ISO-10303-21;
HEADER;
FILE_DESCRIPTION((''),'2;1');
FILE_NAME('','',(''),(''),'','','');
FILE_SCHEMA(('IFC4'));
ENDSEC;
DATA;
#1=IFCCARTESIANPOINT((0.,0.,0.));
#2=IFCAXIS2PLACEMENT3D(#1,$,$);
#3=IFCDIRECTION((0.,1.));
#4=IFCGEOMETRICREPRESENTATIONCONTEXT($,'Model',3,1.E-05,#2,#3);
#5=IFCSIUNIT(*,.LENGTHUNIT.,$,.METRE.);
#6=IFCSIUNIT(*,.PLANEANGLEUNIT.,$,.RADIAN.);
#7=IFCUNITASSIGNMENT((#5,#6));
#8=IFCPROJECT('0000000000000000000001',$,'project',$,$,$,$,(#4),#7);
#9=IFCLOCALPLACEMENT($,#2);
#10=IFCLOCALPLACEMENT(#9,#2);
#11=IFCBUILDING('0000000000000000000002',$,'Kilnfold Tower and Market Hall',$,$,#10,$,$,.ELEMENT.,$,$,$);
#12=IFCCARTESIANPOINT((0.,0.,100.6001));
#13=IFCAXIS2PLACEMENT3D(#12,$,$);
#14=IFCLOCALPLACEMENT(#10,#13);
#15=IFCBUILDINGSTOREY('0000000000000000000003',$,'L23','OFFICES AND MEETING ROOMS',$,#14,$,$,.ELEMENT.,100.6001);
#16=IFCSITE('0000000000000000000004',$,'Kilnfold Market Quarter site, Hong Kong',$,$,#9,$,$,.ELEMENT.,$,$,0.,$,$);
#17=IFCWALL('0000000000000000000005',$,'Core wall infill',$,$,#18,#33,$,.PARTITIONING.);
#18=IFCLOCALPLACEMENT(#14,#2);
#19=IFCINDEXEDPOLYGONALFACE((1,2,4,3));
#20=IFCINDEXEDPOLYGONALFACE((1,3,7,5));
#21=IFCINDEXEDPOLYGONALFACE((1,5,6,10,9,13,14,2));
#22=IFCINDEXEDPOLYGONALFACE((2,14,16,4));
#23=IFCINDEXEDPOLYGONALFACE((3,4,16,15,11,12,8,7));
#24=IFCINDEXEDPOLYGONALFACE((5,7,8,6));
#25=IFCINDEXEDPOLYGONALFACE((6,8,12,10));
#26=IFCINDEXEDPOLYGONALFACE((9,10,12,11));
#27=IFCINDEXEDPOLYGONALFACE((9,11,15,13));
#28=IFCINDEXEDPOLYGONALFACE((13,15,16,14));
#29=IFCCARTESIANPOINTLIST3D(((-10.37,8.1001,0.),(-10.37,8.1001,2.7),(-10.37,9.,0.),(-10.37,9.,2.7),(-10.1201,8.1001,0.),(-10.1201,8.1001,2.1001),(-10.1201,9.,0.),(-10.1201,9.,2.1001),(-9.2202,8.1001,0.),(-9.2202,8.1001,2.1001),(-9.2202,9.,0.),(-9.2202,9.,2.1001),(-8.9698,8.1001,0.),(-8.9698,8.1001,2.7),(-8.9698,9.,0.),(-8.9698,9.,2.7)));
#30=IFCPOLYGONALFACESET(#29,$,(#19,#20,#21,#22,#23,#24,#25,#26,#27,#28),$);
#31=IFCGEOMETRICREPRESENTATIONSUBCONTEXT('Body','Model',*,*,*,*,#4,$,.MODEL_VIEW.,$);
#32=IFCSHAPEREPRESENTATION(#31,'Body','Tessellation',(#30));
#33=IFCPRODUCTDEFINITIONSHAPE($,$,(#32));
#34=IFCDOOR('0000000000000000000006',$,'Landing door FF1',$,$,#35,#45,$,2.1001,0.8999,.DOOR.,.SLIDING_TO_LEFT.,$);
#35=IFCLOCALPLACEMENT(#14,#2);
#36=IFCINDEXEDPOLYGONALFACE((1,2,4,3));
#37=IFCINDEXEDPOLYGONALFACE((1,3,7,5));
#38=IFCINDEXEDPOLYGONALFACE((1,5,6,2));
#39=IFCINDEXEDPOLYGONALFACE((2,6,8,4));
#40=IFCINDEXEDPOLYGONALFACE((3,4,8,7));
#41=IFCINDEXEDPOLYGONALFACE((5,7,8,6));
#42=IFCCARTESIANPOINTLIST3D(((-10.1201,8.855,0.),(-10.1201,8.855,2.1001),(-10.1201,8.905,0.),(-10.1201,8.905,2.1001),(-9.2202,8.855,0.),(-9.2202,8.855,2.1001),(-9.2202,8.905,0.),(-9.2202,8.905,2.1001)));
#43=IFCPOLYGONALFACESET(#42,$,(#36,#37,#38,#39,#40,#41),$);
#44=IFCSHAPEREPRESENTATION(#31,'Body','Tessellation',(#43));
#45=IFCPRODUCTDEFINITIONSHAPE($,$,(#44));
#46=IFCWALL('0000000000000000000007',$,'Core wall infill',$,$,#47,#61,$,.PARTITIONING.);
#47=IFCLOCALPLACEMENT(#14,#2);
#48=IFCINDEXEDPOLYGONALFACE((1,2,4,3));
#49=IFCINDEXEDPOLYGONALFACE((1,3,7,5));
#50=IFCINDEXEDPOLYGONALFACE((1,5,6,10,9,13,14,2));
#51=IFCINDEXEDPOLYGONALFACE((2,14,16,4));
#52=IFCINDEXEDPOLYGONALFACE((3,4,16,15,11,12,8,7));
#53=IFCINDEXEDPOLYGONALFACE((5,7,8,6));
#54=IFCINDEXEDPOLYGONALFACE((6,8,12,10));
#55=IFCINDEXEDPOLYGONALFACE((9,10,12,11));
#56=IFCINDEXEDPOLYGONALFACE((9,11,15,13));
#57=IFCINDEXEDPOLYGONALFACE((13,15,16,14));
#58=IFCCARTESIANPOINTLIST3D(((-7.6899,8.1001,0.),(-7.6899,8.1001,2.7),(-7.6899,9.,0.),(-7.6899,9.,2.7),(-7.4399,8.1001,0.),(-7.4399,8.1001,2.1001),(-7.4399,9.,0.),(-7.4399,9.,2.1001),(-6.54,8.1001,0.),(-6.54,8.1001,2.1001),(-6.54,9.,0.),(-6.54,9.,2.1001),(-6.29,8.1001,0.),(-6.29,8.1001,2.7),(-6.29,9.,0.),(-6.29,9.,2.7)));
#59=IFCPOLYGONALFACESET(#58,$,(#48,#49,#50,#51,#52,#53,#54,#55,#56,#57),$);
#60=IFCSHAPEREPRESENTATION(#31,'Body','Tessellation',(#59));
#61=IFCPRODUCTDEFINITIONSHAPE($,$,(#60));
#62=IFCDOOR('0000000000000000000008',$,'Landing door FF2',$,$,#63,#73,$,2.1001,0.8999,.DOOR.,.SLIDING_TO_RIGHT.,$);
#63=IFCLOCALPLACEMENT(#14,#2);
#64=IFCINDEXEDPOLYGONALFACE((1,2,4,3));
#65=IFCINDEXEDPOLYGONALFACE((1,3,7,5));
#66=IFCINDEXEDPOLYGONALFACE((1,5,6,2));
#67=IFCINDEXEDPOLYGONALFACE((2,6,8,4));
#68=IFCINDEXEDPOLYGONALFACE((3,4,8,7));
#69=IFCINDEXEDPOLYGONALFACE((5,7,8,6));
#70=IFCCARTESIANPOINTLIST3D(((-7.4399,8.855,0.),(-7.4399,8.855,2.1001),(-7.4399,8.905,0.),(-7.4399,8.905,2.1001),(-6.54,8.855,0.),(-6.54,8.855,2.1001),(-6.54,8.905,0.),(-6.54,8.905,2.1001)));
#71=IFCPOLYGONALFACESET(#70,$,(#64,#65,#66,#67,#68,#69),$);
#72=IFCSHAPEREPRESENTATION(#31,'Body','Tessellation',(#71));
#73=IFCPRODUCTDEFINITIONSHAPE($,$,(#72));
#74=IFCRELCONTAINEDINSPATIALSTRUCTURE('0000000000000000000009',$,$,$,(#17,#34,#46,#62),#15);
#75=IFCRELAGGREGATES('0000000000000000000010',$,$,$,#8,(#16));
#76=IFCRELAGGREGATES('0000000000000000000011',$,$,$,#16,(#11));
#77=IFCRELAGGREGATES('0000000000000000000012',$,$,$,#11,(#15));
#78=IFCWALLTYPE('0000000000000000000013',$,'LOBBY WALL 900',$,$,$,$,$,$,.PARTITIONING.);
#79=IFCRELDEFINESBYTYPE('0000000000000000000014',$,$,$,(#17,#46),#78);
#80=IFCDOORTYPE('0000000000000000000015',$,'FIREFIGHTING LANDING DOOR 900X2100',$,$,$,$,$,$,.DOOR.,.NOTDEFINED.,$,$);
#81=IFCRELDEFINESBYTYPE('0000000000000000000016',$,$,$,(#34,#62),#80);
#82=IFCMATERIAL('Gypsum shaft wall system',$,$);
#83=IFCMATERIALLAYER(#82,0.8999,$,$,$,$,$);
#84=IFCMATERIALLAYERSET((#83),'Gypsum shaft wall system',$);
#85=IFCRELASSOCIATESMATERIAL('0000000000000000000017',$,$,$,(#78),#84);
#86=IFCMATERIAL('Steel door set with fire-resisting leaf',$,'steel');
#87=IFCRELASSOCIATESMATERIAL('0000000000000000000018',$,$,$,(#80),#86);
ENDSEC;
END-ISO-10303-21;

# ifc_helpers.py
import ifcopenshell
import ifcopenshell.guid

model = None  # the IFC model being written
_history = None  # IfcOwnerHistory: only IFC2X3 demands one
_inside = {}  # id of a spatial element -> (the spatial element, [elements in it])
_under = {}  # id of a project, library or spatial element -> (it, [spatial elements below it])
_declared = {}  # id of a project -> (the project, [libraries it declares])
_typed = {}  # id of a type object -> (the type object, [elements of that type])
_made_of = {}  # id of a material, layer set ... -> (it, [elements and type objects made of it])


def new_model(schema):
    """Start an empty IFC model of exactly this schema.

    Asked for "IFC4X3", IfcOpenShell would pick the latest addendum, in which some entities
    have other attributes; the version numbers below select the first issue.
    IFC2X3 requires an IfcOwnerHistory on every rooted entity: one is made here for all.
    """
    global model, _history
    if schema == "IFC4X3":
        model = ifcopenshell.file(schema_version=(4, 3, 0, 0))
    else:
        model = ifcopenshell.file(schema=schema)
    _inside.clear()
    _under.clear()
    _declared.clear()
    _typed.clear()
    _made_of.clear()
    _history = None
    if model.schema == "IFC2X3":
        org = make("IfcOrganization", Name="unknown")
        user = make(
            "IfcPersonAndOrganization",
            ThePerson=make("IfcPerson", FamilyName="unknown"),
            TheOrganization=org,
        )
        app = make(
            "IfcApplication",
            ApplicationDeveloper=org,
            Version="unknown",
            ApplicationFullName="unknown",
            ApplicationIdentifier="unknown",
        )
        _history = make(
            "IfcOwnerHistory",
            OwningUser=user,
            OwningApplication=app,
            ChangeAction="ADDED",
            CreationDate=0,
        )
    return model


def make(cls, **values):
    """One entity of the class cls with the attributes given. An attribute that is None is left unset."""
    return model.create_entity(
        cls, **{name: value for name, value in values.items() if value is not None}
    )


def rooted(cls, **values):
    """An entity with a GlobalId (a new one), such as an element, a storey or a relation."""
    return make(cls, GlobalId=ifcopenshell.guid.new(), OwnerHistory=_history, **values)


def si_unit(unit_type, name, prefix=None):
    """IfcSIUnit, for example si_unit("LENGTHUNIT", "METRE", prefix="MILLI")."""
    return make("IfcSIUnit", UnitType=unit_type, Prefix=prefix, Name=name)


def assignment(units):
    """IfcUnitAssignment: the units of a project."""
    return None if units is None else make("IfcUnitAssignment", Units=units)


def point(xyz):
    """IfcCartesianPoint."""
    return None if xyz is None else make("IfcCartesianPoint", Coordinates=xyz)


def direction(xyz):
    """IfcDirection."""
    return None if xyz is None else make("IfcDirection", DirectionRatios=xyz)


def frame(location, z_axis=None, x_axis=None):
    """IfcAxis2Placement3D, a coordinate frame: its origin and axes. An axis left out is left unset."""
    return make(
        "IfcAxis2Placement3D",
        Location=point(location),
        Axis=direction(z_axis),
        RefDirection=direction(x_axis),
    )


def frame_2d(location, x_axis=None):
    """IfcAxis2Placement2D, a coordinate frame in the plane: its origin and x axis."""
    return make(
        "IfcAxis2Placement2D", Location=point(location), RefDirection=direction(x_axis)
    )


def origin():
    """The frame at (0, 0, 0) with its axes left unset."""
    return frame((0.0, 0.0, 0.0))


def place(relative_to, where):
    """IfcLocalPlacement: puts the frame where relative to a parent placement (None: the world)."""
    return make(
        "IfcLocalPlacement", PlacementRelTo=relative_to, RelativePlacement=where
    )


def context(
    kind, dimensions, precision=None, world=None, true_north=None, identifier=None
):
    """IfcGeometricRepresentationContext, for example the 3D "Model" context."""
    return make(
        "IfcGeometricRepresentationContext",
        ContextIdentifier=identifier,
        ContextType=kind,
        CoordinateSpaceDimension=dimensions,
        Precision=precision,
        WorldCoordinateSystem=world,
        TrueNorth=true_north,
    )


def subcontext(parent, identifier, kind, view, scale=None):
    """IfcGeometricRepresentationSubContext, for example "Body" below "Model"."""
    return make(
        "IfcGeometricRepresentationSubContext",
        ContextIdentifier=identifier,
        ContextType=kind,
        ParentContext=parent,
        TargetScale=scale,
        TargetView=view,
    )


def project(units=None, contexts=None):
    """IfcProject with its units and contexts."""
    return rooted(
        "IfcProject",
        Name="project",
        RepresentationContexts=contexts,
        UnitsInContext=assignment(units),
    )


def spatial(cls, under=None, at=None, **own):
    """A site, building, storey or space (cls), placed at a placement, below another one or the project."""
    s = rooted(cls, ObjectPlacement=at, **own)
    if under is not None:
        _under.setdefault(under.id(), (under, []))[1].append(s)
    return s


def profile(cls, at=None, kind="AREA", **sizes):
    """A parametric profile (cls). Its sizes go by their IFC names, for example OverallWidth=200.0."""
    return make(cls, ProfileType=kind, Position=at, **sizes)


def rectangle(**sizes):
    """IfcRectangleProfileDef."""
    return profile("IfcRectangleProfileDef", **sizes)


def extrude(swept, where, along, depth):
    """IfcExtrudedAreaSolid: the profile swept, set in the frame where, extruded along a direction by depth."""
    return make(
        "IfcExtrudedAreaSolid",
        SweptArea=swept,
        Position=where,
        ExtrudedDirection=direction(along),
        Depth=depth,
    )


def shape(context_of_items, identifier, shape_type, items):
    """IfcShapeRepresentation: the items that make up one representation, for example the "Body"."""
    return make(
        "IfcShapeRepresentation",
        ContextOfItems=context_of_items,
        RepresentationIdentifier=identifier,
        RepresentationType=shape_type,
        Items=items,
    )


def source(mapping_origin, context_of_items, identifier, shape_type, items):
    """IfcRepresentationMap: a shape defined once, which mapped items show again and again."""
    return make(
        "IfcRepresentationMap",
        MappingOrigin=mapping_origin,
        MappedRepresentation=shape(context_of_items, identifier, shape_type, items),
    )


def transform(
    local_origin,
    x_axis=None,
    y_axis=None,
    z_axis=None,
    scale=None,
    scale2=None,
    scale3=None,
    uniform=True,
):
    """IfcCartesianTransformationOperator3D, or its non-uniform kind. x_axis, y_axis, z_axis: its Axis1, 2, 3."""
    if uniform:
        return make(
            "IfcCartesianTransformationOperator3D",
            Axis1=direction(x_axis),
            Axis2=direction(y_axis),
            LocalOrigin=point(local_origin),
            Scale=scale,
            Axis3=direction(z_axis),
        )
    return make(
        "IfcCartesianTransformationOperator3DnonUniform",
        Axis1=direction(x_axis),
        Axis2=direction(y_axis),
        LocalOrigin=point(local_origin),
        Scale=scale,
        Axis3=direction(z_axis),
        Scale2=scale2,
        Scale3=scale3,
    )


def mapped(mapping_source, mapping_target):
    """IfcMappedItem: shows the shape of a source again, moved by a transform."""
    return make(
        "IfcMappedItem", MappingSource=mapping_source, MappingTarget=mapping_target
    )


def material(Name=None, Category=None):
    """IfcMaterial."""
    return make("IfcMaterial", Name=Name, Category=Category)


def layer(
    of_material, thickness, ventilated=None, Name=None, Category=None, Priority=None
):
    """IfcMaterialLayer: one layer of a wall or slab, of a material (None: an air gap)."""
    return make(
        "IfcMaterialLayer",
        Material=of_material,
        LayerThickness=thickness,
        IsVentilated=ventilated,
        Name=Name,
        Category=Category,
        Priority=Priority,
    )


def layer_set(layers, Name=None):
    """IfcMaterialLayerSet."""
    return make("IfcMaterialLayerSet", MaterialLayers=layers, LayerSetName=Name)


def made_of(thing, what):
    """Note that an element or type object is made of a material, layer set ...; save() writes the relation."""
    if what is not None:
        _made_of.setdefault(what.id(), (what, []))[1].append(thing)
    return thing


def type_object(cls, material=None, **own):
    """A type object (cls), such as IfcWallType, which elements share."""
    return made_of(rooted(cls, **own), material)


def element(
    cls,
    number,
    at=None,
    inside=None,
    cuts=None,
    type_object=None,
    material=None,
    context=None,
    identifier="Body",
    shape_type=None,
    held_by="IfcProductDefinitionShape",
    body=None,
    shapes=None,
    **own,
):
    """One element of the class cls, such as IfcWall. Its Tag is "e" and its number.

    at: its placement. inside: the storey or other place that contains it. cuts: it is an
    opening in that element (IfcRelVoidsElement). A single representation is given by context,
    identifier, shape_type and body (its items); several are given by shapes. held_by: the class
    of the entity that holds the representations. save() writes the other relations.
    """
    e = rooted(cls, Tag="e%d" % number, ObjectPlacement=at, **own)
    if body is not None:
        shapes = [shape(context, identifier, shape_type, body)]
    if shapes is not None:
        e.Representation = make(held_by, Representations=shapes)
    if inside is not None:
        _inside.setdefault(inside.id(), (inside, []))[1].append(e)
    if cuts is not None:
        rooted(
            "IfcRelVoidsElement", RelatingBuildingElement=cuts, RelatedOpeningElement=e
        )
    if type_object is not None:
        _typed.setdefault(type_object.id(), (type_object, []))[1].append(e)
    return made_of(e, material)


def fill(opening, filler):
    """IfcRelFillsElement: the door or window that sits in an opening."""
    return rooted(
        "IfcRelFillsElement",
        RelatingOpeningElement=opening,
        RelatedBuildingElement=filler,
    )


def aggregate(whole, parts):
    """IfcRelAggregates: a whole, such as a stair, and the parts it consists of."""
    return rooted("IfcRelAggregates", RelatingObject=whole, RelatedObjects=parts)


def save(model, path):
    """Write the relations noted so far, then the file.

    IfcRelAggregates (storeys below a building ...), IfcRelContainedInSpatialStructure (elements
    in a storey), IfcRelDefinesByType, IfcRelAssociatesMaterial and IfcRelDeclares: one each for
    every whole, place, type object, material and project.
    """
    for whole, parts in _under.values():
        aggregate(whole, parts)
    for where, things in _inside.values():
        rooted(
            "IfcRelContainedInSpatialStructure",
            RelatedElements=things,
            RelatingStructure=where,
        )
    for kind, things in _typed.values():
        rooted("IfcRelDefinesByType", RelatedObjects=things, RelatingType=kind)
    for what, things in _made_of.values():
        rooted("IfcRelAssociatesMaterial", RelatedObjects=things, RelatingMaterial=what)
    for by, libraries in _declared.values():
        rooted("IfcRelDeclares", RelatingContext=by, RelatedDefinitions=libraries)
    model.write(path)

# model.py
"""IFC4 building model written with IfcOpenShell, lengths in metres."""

from ifc_helpers import new_model, si_unit, direction, frame, frame_2d, origin, place, context, subcontext, project, spatial, rectangle, extrude, source, transform, mapped, material, layer, layer_set, type_object, element, fill, save


model = new_model("IFC4")

# Units and contexts
model_context = context("Model", 3, precision=1e-05, world=origin(), true_north=direction((0.0, 1.0)))
body_context = subcontext(model_context, "Body", "Model", "MODEL_VIEW")
ifc_project = project(units=[si_unit("LENGTHUNIT", "METRE"), si_unit("PLANEANGLEUNIT", "RADIAN")], contexts=[model_context])

# Site, building, storey
site_placement = place(None, origin())
site = spatial("IfcSite", under=ifc_project, at=site_placement, Name="Kilnfold Market Quarter site, Hong Kong", CompositionType="ELEMENT", RefElevation=0.0)
building_placement = place(site_placement, origin())
building = spatial("IfcBuilding", under=site, at=building_placement, Name="Kilnfold Tower and Market Hall", CompositionType="ELEMENT")
storey_placement = place(building_placement, frame((0.0, 0.0, 100.6001)))
storey = spatial("IfcBuildingStorey", under=building, at=storey_placement, Name="L23", Description="OFFICES AND MEETING ROOMS", CompositionType="ELEMENT", Elevation=100.6001)

# Walls, openings, doors
ifc_material_1 = material(Name="Gypsum shaft wall system")
ifc_layer_1 = layer(ifc_material_1, 0.8999)
ifc_layer_set_1 = layer_set([ifc_layer_1], Name="Gypsum shaft wall system")
wall_type_1 = type_object("IfcWallType", Name="LOBBY WALL 900", PredefinedType="PARTITIONING", material=ifc_layer_set_1)
shared_shape_1 = source(origin(), body_context, "Body", "SweptSolid", [
    extrude(rectangle(XDim=1.4001, YDim=0.8999, at=frame_2d((0.7002, 0.0))), origin(), (0.0, 0.0, 1.0), 2.7),
])
wall_1_placement = place(storey_placement, frame((-10.3701, 8.55, 0.0), z_axis=(0.0, 0.0, 1.0), x_axis=(1.0, 0.0, 0.0)))
wall_1 = element("IfcWall", 1, at=wall_1_placement, inside=storey, type_object=wall_type_1, Name="Core wall infill", PredefinedType="PARTITIONING", context=body_context, shape_type="MappedRepresentation", body=[
    mapped(shared_shape_1, transform((0.0, 0.0, 0.0))),
])
opening_1_placement = place(wall_1_placement, frame((0.25, 0.0, 0.0)))
opening_1 = element("IfcOpeningElement", 2, at=opening_1_placement, cuts=wall_1, PredefinedType="OPENING", context=body_context, shape_type="SweptSolid", body=[
    extrude(rectangle(XDim=0.8999, YDim=2.1001, at=frame_2d((0.45, 1.05))), frame((0.0, 0.46, 0.0), z_axis=(0.0, -1.0, 0.0), x_axis=(1.0, 0.0, 0.0)), (0.0, 0.0, 1.0), 0.9199),
])
ifc_material_2 = material(Name="Steel door set with fire-resisting leaf", Category="steel")
door_type_1 = type_object("IfcDoorType", Name="FIREFIGHTING LANDING DOOR 900X2100", OperationType="NOTDEFINED", PredefinedType="DOOR", material=ifc_material_2)
door_1_placement = place(opening_1_placement, origin())
door_1 = element("IfcDoor", 3, at=door_1_placement, inside=storey, type_object=door_type_1, Name="Landing door FF1", OperationType="SLIDING_TO_LEFT", OverallHeight=2.1001, OverallWidth=0.8999, PredefinedType="DOOR", context=body_context, shape_type="SweptSolid", body=[
    extrude(rectangle(XDim=0.8999, YDim=2.1001, at=frame_2d((0.45, 1.05))), frame((0.0, 0.355, 0.0), z_axis=(0.0, -1.0, 0.0), x_axis=(1.0, 0.0, 0.0)), (0.0, 0.0, 1.0), 0.05),
])
fill(opening_1, door_1)
shared_shape_2 = source(origin(), body_context, "Body", "SweptSolid", [
    extrude(rectangle(XDim=1.3999, YDim=0.8999, at=frame_2d((0.7, 0.0))), origin(), (0.0, 0.0, 1.0), 2.7),
])
wall_2_placement = place(storey_placement, frame((-7.6899, 8.55, 0.0), z_axis=(0.0, 0.0, 1.0), x_axis=(1.0, 0.0, 0.0)))
wall_2 = element("IfcWall", 4, at=wall_2_placement, inside=storey, type_object=wall_type_1, Name="Core wall infill", PredefinedType="PARTITIONING", context=body_context, shape_type="MappedRepresentation", body=[
    mapped(shared_shape_2, transform((0.0, 0.0, 0.0))),
])
opening_2_placement = place(wall_2_placement, frame((0.25, 0.0, 0.0)))
opening_2 = element("IfcOpeningElement", 5, at=opening_2_placement, cuts=wall_2, PredefinedType="OPENING", context=body_context, shape_type="SweptSolid", body=[
    extrude(rectangle(XDim=0.8999, YDim=2.1001, at=frame_2d((0.45, 1.05))), frame((0.0, 0.46, 0.0), z_axis=(0.0, -1.0, 0.0), x_axis=(1.0, 0.0, 0.0)), (0.0, 0.0, 1.0), 0.9199),
])
door_2_placement = place(opening_2_placement, origin())
door_2 = element("IfcDoor", 6, at=door_2_placement, inside=storey, type_object=door_type_1, Name="Landing door FF2", OperationType="SLIDING_TO_RIGHT", OverallHeight=2.1001, OverallWidth=0.8999, PredefinedType="DOOR", context=body_context, shape_type="SweptSolid", body=[
    extrude(rectangle(XDim=0.8999, YDim=2.1001, at=frame_2d((0.45, 1.05))), frame((0.0, 0.355, 0.0), z_axis=(0.0, -1.0, 0.0), x_axis=(1.0, 0.0, 0.0)), (0.0, 0.0, 1.0), 0.05),
])
fill(opening_2, door_2)

save(model, "model.ifc")
